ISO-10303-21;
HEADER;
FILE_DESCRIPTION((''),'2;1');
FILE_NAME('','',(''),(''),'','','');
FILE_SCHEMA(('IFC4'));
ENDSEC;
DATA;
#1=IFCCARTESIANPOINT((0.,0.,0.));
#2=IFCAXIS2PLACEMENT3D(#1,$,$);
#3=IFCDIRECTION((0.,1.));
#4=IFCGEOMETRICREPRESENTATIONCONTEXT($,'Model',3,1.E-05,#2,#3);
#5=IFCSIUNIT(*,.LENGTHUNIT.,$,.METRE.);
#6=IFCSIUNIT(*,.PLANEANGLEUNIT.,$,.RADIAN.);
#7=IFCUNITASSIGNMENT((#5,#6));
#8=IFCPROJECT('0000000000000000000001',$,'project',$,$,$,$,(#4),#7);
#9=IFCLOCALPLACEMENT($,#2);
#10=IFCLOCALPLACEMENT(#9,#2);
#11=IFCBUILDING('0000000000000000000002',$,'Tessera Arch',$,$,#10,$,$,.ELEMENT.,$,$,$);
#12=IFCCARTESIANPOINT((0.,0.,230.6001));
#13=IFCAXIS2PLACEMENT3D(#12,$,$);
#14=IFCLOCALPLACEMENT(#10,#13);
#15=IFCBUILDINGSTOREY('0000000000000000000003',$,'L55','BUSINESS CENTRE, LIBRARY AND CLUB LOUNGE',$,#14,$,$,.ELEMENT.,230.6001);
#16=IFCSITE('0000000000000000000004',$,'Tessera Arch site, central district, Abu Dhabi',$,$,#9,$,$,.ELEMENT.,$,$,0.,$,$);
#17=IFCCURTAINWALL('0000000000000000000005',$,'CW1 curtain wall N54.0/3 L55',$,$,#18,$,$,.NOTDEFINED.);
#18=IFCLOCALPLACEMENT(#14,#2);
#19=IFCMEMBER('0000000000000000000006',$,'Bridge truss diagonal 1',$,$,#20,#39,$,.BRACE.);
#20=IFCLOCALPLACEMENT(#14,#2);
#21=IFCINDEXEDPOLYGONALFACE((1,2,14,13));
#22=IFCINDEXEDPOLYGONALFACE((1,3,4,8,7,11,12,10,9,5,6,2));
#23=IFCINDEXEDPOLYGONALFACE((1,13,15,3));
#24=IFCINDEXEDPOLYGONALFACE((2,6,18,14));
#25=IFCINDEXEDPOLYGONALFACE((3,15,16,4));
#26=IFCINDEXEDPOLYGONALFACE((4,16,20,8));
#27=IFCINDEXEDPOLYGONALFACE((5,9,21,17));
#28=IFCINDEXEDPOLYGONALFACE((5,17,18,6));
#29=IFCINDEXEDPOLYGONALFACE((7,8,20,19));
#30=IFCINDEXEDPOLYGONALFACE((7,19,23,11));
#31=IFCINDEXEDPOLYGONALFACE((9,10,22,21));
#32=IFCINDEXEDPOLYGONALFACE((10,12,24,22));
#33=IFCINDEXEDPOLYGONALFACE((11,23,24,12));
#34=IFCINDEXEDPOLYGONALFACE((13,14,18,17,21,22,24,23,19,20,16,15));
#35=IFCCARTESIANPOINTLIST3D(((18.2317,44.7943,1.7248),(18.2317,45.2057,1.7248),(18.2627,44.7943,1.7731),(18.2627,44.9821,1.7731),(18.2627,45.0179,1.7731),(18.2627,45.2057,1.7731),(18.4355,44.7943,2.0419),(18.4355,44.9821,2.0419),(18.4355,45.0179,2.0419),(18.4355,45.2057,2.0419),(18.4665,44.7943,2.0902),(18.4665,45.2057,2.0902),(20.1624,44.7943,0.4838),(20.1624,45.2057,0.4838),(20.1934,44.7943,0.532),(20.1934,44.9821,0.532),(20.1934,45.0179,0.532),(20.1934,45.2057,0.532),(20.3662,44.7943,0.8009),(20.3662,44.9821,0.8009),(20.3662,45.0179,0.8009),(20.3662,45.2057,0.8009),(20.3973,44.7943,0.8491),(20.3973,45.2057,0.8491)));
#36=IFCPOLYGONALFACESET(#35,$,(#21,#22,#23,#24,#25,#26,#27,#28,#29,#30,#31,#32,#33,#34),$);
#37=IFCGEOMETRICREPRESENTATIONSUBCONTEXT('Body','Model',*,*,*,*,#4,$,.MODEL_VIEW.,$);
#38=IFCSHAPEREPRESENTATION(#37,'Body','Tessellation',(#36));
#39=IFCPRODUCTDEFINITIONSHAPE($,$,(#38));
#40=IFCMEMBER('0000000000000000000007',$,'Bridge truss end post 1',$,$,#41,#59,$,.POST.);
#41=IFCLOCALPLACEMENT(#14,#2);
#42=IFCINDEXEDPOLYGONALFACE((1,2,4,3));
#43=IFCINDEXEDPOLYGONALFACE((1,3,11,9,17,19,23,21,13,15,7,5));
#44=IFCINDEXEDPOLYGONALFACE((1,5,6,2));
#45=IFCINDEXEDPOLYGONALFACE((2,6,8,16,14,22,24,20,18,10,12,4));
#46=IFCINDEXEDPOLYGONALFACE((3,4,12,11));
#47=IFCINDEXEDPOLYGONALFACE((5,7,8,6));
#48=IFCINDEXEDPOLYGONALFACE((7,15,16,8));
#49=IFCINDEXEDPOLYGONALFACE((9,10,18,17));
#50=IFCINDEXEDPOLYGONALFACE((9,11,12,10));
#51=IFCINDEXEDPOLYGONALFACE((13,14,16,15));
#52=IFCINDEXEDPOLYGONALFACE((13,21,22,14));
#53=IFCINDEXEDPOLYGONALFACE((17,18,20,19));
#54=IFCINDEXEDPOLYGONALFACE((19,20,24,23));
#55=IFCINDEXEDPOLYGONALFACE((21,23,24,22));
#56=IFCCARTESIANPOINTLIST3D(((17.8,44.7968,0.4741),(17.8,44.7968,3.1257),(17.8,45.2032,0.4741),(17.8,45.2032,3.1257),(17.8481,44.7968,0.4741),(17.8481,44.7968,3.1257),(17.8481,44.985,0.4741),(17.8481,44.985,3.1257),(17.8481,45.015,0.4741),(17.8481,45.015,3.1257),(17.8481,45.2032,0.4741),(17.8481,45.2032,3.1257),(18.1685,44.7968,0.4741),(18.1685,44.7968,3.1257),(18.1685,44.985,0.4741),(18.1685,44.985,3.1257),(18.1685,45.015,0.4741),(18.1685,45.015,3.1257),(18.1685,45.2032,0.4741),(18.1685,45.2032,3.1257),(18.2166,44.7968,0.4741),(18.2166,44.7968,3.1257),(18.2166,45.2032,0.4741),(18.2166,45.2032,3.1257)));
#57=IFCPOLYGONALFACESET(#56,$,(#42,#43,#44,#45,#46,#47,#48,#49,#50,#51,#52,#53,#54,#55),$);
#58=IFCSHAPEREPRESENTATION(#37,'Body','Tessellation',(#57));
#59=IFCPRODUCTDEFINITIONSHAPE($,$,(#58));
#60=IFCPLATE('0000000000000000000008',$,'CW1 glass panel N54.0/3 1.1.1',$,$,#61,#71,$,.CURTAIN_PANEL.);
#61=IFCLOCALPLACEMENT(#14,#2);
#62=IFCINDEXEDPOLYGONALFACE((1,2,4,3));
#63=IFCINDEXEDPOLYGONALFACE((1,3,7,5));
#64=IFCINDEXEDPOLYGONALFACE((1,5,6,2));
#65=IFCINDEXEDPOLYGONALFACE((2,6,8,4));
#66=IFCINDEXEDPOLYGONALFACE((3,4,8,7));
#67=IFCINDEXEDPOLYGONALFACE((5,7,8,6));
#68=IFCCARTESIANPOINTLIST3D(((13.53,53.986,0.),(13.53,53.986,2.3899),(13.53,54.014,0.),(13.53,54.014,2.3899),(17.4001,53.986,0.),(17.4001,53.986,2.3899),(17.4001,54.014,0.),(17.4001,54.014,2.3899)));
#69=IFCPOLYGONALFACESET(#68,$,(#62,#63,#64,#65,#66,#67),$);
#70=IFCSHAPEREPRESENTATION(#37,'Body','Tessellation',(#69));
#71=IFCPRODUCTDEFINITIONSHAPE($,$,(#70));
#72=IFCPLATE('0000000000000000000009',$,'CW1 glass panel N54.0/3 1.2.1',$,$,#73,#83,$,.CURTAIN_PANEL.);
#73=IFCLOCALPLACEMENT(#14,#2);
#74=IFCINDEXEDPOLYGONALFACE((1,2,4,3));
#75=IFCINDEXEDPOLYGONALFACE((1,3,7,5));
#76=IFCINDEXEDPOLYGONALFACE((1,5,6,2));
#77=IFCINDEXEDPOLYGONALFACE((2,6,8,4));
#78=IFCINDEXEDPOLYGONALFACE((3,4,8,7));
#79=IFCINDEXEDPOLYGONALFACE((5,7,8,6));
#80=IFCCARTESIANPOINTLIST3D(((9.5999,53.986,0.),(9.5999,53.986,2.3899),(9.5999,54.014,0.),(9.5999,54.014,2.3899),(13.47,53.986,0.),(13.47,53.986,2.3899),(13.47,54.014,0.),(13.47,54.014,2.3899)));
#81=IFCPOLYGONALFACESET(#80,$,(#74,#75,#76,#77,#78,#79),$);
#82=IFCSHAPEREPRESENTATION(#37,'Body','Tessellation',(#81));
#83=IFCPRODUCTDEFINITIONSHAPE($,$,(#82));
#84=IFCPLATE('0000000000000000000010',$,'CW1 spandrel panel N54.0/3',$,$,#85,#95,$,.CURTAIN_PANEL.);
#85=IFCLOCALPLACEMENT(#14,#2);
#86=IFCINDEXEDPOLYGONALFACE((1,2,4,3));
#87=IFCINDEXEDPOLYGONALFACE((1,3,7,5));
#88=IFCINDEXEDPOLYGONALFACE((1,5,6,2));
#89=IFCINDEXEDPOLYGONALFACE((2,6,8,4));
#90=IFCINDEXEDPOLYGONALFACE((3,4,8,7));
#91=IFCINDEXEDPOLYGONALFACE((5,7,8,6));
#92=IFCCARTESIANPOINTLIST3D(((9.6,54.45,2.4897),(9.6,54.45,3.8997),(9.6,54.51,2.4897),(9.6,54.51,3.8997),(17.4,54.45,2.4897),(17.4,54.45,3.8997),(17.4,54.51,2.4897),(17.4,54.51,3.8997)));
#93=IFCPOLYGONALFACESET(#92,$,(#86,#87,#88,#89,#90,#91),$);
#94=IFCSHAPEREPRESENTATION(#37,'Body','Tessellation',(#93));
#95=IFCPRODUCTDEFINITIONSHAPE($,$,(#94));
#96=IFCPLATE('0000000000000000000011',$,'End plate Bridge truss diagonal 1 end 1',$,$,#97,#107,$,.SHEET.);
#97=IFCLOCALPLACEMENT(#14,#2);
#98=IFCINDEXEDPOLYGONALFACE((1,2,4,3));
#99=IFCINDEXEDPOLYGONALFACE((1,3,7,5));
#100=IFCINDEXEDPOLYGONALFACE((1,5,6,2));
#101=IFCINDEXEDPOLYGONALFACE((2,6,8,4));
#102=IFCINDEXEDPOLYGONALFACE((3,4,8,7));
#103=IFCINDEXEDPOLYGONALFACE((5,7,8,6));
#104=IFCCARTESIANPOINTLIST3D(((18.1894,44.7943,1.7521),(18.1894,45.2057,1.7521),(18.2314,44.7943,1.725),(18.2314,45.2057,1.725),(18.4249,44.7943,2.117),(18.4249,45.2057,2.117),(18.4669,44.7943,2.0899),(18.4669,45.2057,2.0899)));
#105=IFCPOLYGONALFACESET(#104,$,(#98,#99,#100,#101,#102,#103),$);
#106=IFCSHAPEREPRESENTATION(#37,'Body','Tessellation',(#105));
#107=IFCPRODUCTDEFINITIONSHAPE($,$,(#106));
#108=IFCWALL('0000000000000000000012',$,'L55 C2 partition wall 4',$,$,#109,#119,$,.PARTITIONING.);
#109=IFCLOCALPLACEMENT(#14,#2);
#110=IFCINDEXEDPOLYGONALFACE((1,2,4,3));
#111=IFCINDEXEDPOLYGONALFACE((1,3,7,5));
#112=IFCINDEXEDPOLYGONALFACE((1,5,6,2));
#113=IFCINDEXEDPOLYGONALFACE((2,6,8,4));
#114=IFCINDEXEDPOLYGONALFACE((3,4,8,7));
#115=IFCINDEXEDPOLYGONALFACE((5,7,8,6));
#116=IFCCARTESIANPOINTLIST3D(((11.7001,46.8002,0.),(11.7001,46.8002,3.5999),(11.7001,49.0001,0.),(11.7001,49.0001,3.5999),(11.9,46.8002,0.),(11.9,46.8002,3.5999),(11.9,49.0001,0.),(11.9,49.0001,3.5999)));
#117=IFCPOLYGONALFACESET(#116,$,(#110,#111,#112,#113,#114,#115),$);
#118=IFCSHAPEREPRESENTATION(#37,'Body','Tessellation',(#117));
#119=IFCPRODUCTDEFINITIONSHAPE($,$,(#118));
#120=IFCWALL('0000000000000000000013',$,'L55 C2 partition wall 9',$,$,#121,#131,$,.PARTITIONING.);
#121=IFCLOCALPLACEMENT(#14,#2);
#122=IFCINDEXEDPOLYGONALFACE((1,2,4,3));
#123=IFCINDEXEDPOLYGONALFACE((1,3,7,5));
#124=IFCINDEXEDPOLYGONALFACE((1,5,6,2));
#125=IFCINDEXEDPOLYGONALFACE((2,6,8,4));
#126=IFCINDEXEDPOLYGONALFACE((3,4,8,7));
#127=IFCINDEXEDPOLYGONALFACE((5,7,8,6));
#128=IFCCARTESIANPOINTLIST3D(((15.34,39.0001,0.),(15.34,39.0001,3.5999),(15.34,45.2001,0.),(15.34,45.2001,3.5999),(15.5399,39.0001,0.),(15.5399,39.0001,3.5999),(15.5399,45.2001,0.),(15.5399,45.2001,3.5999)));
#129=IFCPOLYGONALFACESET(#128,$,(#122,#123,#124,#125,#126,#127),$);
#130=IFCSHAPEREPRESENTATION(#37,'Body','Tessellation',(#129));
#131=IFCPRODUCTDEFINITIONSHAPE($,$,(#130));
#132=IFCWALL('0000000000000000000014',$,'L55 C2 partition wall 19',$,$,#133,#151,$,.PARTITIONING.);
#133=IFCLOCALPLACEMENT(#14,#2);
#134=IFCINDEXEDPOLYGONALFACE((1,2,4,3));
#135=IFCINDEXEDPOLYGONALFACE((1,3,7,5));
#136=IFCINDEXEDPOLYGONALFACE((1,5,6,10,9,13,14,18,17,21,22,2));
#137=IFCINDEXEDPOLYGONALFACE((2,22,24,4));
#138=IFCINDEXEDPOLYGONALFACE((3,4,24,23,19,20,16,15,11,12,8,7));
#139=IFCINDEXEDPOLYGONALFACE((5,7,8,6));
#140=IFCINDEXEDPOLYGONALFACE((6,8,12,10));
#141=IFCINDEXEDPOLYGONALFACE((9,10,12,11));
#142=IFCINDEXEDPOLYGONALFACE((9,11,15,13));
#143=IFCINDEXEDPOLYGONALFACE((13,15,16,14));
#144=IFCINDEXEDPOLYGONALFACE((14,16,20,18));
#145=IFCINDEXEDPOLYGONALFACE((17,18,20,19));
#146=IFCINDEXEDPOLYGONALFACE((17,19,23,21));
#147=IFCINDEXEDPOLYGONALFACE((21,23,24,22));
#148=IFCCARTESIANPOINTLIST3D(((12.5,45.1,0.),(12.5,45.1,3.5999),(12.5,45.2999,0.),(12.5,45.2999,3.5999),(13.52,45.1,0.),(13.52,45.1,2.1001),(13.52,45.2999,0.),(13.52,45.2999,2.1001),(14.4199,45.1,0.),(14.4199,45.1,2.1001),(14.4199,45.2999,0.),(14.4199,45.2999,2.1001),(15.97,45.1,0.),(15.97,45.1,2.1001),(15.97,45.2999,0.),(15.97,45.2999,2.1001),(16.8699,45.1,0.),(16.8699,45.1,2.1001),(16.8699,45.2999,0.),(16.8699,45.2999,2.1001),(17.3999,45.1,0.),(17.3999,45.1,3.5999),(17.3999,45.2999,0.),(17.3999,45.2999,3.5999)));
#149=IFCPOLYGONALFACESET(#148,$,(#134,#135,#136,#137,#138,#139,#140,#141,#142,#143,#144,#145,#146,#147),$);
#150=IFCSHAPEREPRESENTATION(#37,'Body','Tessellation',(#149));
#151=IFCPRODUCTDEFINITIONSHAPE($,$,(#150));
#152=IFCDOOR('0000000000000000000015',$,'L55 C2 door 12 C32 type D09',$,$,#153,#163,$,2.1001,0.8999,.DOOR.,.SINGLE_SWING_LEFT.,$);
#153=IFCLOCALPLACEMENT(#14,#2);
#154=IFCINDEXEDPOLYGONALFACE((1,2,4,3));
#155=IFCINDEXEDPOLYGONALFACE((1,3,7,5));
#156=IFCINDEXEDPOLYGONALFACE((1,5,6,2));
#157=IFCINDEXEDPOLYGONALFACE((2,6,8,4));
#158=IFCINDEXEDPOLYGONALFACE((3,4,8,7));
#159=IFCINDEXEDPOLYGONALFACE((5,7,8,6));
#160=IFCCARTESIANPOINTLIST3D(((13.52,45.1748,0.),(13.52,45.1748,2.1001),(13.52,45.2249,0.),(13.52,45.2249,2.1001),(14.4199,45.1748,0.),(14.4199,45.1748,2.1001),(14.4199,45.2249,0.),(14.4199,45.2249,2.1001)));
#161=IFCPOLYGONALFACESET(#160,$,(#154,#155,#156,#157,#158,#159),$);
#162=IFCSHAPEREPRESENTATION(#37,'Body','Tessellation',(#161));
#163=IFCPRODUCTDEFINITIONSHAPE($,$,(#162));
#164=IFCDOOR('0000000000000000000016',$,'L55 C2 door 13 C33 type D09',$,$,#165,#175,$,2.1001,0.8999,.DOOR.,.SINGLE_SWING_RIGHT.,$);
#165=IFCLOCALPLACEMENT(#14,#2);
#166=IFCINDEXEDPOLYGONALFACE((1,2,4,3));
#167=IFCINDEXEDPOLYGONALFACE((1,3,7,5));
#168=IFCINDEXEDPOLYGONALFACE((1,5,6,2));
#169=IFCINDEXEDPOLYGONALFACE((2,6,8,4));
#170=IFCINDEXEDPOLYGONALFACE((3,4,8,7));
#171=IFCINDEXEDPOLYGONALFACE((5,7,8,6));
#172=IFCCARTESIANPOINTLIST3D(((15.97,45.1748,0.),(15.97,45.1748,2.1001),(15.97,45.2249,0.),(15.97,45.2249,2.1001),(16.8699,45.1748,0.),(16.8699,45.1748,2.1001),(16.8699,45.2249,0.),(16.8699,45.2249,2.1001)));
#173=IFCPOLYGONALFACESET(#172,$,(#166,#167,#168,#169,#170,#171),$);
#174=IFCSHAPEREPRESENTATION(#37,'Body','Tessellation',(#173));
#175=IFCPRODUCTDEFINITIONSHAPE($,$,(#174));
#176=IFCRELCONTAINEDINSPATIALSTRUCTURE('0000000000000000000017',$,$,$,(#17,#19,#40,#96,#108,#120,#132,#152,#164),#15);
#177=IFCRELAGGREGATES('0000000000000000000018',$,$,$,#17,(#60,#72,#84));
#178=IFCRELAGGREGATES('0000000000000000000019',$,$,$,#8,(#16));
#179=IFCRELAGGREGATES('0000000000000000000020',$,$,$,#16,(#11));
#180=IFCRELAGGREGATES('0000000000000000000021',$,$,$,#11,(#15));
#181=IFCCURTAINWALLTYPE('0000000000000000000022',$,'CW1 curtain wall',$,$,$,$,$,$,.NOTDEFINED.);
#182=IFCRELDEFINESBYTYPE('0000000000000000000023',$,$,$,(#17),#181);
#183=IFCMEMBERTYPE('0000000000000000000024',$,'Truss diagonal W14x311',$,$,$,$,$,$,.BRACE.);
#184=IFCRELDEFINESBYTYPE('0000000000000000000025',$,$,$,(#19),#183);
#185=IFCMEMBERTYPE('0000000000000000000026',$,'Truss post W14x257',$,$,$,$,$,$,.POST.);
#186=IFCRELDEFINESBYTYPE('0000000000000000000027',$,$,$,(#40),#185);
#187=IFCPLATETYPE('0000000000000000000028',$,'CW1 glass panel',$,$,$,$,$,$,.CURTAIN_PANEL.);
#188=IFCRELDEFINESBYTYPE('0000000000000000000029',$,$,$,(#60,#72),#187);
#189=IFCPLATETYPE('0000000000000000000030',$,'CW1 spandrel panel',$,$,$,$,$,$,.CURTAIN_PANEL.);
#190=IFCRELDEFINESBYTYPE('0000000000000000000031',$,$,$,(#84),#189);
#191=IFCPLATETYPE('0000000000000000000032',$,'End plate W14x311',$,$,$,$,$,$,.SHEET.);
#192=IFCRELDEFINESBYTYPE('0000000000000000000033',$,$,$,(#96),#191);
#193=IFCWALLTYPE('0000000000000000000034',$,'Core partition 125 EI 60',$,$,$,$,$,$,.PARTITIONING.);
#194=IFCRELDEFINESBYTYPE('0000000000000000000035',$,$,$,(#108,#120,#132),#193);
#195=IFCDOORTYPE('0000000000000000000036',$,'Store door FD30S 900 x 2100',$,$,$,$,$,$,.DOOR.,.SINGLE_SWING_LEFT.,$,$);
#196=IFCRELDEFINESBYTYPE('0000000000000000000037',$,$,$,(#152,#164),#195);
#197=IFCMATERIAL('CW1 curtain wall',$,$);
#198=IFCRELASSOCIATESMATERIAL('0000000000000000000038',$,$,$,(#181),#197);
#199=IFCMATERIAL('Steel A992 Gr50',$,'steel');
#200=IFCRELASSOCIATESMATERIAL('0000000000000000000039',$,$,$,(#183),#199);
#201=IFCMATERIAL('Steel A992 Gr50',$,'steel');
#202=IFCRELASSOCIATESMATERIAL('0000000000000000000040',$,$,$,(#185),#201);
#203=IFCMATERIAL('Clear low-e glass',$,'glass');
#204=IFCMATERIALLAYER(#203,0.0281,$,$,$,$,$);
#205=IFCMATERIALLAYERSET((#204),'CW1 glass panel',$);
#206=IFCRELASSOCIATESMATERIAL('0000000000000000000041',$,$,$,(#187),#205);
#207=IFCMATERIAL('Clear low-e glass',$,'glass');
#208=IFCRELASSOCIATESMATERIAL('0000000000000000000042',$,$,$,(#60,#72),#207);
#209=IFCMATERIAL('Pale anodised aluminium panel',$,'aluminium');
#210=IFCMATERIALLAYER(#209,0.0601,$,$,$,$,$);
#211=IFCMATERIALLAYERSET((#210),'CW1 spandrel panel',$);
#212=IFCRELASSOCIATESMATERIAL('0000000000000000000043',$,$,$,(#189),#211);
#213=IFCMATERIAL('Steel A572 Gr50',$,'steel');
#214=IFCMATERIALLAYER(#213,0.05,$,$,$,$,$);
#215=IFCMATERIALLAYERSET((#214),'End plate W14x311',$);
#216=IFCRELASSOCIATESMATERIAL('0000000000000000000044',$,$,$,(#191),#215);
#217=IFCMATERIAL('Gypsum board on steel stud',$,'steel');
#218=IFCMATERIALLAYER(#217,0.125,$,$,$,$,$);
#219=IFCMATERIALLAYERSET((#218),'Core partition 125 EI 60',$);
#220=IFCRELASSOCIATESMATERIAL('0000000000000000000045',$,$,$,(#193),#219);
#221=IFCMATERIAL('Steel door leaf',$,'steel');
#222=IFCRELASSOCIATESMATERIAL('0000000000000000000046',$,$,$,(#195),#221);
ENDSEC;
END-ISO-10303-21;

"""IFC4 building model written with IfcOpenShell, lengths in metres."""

from ifc_helpers import new_model, si_unit, direction, frame, frame_2d, origin, origin_2d, place, context, subcontext, project, spatial, rectangle, i_section, extrude, material, layer, layer_set, material_profile, profile_set, type_object, element, fill, aggregate, save


model = new_model("IFC4")

# Units and contexts
model_context = context("Model", 3, precision=1e-05, world=origin(), true_north=direction((0.0, 1.0)))
body_context = subcontext(model_context, "Body", "Model", "MODEL_VIEW")
ifc_project = project(units=[si_unit("LENGTHUNIT", "METRE"), si_unit("PLANEANGLEUNIT", "RADIAN")], contexts=[model_context])

# Site, building, storey
site_placement = place(None, origin())
site = spatial("IfcSite", under=ifc_project, at=site_placement, Name="Tessera Arch site, central district, Abu Dhabi", CompositionType="ELEMENT", RefElevation=0.0)
building_placement = place(site_placement, origin())
building = spatial("IfcBuilding", under=site, at=building_placement, Name="Tessera Arch", CompositionType="ELEMENT")
storey_placement = place(building_placement, frame((0.0, 0.0, 230.6001)))
storey = spatial("IfcBuildingStorey", under=building, at=storey_placement, Name="L55", Description="BUSINESS CENTRE, LIBRARY AND CLUB LOUNGE", CompositionType="ELEMENT", Elevation=230.6001)

# Curtain wall
ifc_material_1 = material(Name="CW1 curtain wall")
curtain_wall_type = type_object("IfcCurtainWallType", Name="CW1 curtain wall", PredefinedType="NOTDEFINED", material=ifc_material_1)
curtain_wall_placement = place(storey_placement, origin())
curtain_wall = element("IfcCurtainWall", 1, at=curtain_wall_placement, inside=storey, type_object=curtain_wall_type, Name="CW1 curtain wall N54.0/3 L55", PredefinedType="NOTDEFINED")

# Members
ifc_material_2 = material(Name="Steel A992 Gr50", Category="steel")
ifc_material_profile_1 = material_profile(ifc_material_2, i_section(OverallWidth=0.4114, OverallDepth=0.4343, WebThickness=0.0359, FlangeThickness=0.0574, at=origin_2d()), Name="W14x311")
ifc_profile_set_1 = profile_set([ifc_material_profile_1], Name="Steel A992 Gr50")
member_type_1 = type_object("IfcMemberType", Name="Truss diagonal W14x311", PredefinedType="BRACE", material=ifc_profile_set_1)
for number, where, z_axis, x_axis, name in (
    (2, (18.3491, 45.0, 1.9075), (0.841213, 0.0, -0.540704), (0.0, 1.0, 0.0), "Bridge truss diagonal 1"),
):
    element("IfcMember", number, at=place(storey_placement, frame(where, z_axis=z_axis, x_axis=x_axis)), inside=storey, type_object=member_type_1, Name=name, PredefinedType="BRACE", context=body_context, shape_type="SweptSolid", body=[
        extrude(i_section(OverallWidth=0.4114, OverallDepth=0.4343, WebThickness=0.0359, FlangeThickness=0.0574, at=origin_2d()), origin(), (0.0, 0.0, 1.0), 2.2952),
    ])
ifc_material_3 = material(Name="Steel A992 Gr50", Category="steel")
ifc_material_profile_2 = material_profile(ifc_material_3, i_section(OverallWidth=0.4065, OverallDepth=0.4165, WebThickness=0.03, FlangeThickness=0.0481, at=origin_2d()), Name="W14x257")
ifc_profile_set_2 = profile_set([ifc_material_profile_2], Name="Steel A992 Gr50")
member_type_2 = type_object("IfcMemberType", Name="Truss post W14x257", PredefinedType="POST", material=ifc_profile_set_2)
member_1_placement = place(storey_placement, frame((18.0083, 45.0, 0.4741), z_axis=(0.0, 0.0, 1.0), x_axis=(0.0, 1.0, 0.0)))
element("IfcMember", 3, at=member_1_placement, inside=storey, type_object=member_type_2, Name="Bridge truss end post 1", PredefinedType="POST", context=body_context, shape_type="SweptSolid", body=[
    extrude(i_section(OverallWidth=0.4065, OverallDepth=0.4165, WebThickness=0.03, FlangeThickness=0.0481, at=origin_2d()), origin(), (0.0, 0.0, 1.0), 2.6516),
])

# Plates
ifc_material_4 = material(Name="Clear low-e glass", Category="glass")
ifc_material_5 = material(Name="Clear low-e glass", Category="glass")
ifc_layer_1 = layer(ifc_material_5, 0.0281)
ifc_layer_set_1 = layer_set([ifc_layer_1], Name="CW1 glass panel")
plate_type_1 = type_object("IfcPlateType", Name="CW1 glass panel", PredefinedType="CURTAIN_PANEL", material=ifc_layer_set_1)
plate_1_placement = place(storey_placement, frame((15.4651, 54.0, 0.0), z_axis=(0.0, 0.0, 1.0), x_axis=(-1.0, 0.0, 0.0)))
plate_1 = element("IfcPlate", 4, at=plate_1_placement, type_object=plate_type_1, material=ifc_material_4, Name="CW1 glass panel N54.0/3 1.1.1", PredefinedType="CURTAIN_PANEL", context=body_context, shape_type="SweptSolid", body=[
    extrude(rectangle(XDim=3.8701, YDim=0.0281, at=origin_2d()), origin(), (0.0, 0.0, 1.0), 2.3899),
])
plate_2_placement = place(storey_placement, frame((11.5349, 54.0, 0.0), z_axis=(0.0, 0.0, 1.0), x_axis=(-1.0, 0.0, 0.0)))
plate_2 = element("IfcPlate", 5, at=plate_2_placement, type_object=plate_type_1, material=ifc_material_4, Name="CW1 glass panel N54.0/3 1.2.1", PredefinedType="CURTAIN_PANEL", context=body_context, shape_type="SweptSolid", body=[
    extrude(rectangle(XDim=3.8701, YDim=0.0281, at=origin_2d()), origin(), (0.0, 0.0, 1.0), 2.3899),
])
ifc_material_6 = material(Name="Pale anodised aluminium panel", Category="aluminium")
ifc_layer_2 = layer(ifc_material_6, 0.0601)
ifc_layer_set_2 = layer_set([ifc_layer_2], Name="CW1 spandrel panel")
plate_type_2 = type_object("IfcPlateType", Name="CW1 spandrel panel", PredefinedType="CURTAIN_PANEL", material=ifc_layer_set_2)
plate_3_placement = place(storey_placement, frame((13.5, 54.48, 2.4897), z_axis=(0.0, 0.0, 1.0), x_axis=(-1.0, 0.0, 0.0)))
plate_3 = element("IfcPlate", 6, at=plate_3_placement, type_object=plate_type_2, Name="CW1 spandrel panel N54.0/3", PredefinedType="CURTAIN_PANEL", context=body_context, shape_type="SweptSolid", body=[
    extrude(rectangle(XDim=7.8, YDim=0.0601, at=origin_2d()), origin(), (0.0, 0.0, 1.0), 1.4099),
])
aggregate(curtain_wall, [plate_1, plate_2, plate_3])
ifc_material_7 = material(Name="Steel A572 Gr50", Category="steel")
ifc_layer_3 = layer(ifc_material_7, 0.05)
ifc_layer_set_3 = layer_set([ifc_layer_3], Name="End plate W14x311")
plate_type_3 = type_object("IfcPlateType", Name="End plate W14x311", PredefinedType="SHEET", material=ifc_layer_set_3)
plate_4_placement = place(storey_placement, frame((18.3071, 45.0, 1.9346), z_axis=(0.840225, 0.0, -0.542238), x_axis=(0.0, 1.0, 0.0)))
element("IfcPlate", 7, at=plate_4_placement, inside=storey, type_object=plate_type_3, Name="End plate Bridge truss diagonal 1 end 1", PredefinedType="SHEET", context=body_context, shape_type="SweptSolid", body=[
    extrude(rectangle(XDim=0.4114, YDim=0.4343, at=origin_2d()), origin(), (0.0, 0.0, 1.0), 0.05),
])

# Walls
ifc_material_8 = material(Name="Gypsum board on steel stud", Category="steel")
ifc_layer_4 = layer(ifc_material_8, 0.125)
ifc_layer_set_4 = layer_set([ifc_layer_4], Name="Core partition 125 EI 60")
wall_type_1 = type_object("IfcWallType", Name="Core partition 125 EI 60", PredefinedType="PARTITIONING", material=ifc_layer_set_4)
wall_1_placement = place(storey_placement, frame((11.8, 46.8, 0.0), z_axis=(0.0, 0.0, 1.0), x_axis=(0.0, 1.0, 0.0)))
element("IfcWall", 8, at=wall_1_placement, inside=storey, type_object=wall_type_1, Name="L55 C2 partition wall 4", PredefinedType="PARTITIONING", context=body_context, shape_type="SweptSolid", body=[
    extrude(rectangle(XDim=2.2, YDim=0.2, at=frame_2d((1.1001, 0.0))), origin(), (0.0, 0.0, 1.0), 3.5999),
])
wall_2_placement = place(storey_placement, frame((15.4399, 39.0, 0.0), z_axis=(0.0, 0.0, 1.0), x_axis=(0.0, 1.0, 0.0)))
element("IfcWall", 9, at=wall_2_placement, inside=storey, type_object=wall_type_1, Name="L55 C2 partition wall 9", PredefinedType="PARTITIONING", context=body_context, shape_type="SweptSolid", body=[
    extrude(rectangle(XDim=6.2, YDim=0.2, at=frame_2d((3.1001, 0.0))), origin(), (0.0, 0.0, 1.0), 3.5999),
])

# Wall, openings, doors
wall_3_placement = place(storey_placement, frame((12.5, 45.2, 0.0), z_axis=(0.0, 0.0, 1.0), x_axis=(1.0, 0.0, 0.0)))
wall_3 = element("IfcWall", 10, at=wall_3_placement, inside=storey, type_object=wall_type_1, Name="L55 C2 partition wall 19", PredefinedType="PARTITIONING", context=body_context, shape_type="SweptSolid", body=[
    extrude(rectangle(XDim=4.8999, YDim=0.2, at=frame_2d((2.45, 0.0))), origin(), (0.0, 0.0, 1.0), 3.5999),
])
opening_1_placement = place(wall_3_placement, frame((1.02, 0.0, 0.0)))
opening_1 = element("IfcOpeningElement", 11, at=opening_1_placement, cuts=wall_3, PredefinedType="OPENING", context=body_context, shape_type="SweptSolid", body=[
    extrude(rectangle(XDim=0.8999, YDim=2.1001, at=frame_2d((0.45, 1.05))), frame((0.0, 0.1099, 0.0), z_axis=(0.0, -1.0, 0.0), x_axis=(1.0, 0.0, 0.0)), (0.0, 0.0, 1.0), 0.22),
])
opening_2_placement = place(wall_3_placement, frame((3.47, 0.0, 0.0)))
opening_2 = element("IfcOpeningElement", 12, at=opening_2_placement, cuts=wall_3, PredefinedType="OPENING", context=body_context, shape_type="SweptSolid", body=[
    extrude(rectangle(XDim=0.8999, YDim=2.1001, at=frame_2d((0.45, 1.05))), frame((0.0, 0.1099, 0.0), z_axis=(0.0, -1.0, 0.0), x_axis=(1.0, 0.0, 0.0)), (0.0, 0.0, 1.0), 0.22),
])
ifc_material_9 = material(Name="Steel door leaf", Category="steel")
door_type = type_object("IfcDoorType", Name="Store door FD30S 900 x 2100", OperationType="SINGLE_SWING_LEFT", PredefinedType="DOOR", material=ifc_material_9)
door_1_placement = place(opening_1_placement, origin())
door_1 = element("IfcDoor", 13, at=door_1_placement, inside=storey, type_object=door_type, Name="L55 C2 door 12 C32 type D09", OperationType="SINGLE_SWING_LEFT", OverallHeight=2.1001, OverallWidth=0.8999, PredefinedType="DOOR", context=body_context, shape_type="SweptSolid", body=[
    extrude(rectangle(XDim=0.8999, YDim=2.1001, at=frame_2d((0.45, 1.05))), frame((0.0, 0.0249, 0.0), z_axis=(0.0, -1.0, 0.0), x_axis=(1.0, 0.0, 0.0)), (0.0, 0.0, 1.0), 0.05),
])
fill(opening_1, door_1)
door_2_placement = place(opening_2_placement, origin())
door_2 = element("IfcDoor", 14, at=door_2_placement, inside=storey, type_object=door_type, Name="L55 C2 door 13 C33 type D09", OperationType="SINGLE_SWING_RIGHT", OverallHeight=2.1001, OverallWidth=0.8999, PredefinedType="DOOR", context=body_context, shape_type="SweptSolid", body=[
    extrude(rectangle(XDim=0.8999, YDim=2.1001, at=frame_2d((0.45, 1.05))), frame((0.0, 0.0249, 0.0), z_axis=(0.0, -1.0, 0.0), x_axis=(1.0, 0.0, 0.0)), (0.0, 0.0, 1.0), 0.05),
])
fill(opening_2, door_2)

save(model, "model.ifc")
